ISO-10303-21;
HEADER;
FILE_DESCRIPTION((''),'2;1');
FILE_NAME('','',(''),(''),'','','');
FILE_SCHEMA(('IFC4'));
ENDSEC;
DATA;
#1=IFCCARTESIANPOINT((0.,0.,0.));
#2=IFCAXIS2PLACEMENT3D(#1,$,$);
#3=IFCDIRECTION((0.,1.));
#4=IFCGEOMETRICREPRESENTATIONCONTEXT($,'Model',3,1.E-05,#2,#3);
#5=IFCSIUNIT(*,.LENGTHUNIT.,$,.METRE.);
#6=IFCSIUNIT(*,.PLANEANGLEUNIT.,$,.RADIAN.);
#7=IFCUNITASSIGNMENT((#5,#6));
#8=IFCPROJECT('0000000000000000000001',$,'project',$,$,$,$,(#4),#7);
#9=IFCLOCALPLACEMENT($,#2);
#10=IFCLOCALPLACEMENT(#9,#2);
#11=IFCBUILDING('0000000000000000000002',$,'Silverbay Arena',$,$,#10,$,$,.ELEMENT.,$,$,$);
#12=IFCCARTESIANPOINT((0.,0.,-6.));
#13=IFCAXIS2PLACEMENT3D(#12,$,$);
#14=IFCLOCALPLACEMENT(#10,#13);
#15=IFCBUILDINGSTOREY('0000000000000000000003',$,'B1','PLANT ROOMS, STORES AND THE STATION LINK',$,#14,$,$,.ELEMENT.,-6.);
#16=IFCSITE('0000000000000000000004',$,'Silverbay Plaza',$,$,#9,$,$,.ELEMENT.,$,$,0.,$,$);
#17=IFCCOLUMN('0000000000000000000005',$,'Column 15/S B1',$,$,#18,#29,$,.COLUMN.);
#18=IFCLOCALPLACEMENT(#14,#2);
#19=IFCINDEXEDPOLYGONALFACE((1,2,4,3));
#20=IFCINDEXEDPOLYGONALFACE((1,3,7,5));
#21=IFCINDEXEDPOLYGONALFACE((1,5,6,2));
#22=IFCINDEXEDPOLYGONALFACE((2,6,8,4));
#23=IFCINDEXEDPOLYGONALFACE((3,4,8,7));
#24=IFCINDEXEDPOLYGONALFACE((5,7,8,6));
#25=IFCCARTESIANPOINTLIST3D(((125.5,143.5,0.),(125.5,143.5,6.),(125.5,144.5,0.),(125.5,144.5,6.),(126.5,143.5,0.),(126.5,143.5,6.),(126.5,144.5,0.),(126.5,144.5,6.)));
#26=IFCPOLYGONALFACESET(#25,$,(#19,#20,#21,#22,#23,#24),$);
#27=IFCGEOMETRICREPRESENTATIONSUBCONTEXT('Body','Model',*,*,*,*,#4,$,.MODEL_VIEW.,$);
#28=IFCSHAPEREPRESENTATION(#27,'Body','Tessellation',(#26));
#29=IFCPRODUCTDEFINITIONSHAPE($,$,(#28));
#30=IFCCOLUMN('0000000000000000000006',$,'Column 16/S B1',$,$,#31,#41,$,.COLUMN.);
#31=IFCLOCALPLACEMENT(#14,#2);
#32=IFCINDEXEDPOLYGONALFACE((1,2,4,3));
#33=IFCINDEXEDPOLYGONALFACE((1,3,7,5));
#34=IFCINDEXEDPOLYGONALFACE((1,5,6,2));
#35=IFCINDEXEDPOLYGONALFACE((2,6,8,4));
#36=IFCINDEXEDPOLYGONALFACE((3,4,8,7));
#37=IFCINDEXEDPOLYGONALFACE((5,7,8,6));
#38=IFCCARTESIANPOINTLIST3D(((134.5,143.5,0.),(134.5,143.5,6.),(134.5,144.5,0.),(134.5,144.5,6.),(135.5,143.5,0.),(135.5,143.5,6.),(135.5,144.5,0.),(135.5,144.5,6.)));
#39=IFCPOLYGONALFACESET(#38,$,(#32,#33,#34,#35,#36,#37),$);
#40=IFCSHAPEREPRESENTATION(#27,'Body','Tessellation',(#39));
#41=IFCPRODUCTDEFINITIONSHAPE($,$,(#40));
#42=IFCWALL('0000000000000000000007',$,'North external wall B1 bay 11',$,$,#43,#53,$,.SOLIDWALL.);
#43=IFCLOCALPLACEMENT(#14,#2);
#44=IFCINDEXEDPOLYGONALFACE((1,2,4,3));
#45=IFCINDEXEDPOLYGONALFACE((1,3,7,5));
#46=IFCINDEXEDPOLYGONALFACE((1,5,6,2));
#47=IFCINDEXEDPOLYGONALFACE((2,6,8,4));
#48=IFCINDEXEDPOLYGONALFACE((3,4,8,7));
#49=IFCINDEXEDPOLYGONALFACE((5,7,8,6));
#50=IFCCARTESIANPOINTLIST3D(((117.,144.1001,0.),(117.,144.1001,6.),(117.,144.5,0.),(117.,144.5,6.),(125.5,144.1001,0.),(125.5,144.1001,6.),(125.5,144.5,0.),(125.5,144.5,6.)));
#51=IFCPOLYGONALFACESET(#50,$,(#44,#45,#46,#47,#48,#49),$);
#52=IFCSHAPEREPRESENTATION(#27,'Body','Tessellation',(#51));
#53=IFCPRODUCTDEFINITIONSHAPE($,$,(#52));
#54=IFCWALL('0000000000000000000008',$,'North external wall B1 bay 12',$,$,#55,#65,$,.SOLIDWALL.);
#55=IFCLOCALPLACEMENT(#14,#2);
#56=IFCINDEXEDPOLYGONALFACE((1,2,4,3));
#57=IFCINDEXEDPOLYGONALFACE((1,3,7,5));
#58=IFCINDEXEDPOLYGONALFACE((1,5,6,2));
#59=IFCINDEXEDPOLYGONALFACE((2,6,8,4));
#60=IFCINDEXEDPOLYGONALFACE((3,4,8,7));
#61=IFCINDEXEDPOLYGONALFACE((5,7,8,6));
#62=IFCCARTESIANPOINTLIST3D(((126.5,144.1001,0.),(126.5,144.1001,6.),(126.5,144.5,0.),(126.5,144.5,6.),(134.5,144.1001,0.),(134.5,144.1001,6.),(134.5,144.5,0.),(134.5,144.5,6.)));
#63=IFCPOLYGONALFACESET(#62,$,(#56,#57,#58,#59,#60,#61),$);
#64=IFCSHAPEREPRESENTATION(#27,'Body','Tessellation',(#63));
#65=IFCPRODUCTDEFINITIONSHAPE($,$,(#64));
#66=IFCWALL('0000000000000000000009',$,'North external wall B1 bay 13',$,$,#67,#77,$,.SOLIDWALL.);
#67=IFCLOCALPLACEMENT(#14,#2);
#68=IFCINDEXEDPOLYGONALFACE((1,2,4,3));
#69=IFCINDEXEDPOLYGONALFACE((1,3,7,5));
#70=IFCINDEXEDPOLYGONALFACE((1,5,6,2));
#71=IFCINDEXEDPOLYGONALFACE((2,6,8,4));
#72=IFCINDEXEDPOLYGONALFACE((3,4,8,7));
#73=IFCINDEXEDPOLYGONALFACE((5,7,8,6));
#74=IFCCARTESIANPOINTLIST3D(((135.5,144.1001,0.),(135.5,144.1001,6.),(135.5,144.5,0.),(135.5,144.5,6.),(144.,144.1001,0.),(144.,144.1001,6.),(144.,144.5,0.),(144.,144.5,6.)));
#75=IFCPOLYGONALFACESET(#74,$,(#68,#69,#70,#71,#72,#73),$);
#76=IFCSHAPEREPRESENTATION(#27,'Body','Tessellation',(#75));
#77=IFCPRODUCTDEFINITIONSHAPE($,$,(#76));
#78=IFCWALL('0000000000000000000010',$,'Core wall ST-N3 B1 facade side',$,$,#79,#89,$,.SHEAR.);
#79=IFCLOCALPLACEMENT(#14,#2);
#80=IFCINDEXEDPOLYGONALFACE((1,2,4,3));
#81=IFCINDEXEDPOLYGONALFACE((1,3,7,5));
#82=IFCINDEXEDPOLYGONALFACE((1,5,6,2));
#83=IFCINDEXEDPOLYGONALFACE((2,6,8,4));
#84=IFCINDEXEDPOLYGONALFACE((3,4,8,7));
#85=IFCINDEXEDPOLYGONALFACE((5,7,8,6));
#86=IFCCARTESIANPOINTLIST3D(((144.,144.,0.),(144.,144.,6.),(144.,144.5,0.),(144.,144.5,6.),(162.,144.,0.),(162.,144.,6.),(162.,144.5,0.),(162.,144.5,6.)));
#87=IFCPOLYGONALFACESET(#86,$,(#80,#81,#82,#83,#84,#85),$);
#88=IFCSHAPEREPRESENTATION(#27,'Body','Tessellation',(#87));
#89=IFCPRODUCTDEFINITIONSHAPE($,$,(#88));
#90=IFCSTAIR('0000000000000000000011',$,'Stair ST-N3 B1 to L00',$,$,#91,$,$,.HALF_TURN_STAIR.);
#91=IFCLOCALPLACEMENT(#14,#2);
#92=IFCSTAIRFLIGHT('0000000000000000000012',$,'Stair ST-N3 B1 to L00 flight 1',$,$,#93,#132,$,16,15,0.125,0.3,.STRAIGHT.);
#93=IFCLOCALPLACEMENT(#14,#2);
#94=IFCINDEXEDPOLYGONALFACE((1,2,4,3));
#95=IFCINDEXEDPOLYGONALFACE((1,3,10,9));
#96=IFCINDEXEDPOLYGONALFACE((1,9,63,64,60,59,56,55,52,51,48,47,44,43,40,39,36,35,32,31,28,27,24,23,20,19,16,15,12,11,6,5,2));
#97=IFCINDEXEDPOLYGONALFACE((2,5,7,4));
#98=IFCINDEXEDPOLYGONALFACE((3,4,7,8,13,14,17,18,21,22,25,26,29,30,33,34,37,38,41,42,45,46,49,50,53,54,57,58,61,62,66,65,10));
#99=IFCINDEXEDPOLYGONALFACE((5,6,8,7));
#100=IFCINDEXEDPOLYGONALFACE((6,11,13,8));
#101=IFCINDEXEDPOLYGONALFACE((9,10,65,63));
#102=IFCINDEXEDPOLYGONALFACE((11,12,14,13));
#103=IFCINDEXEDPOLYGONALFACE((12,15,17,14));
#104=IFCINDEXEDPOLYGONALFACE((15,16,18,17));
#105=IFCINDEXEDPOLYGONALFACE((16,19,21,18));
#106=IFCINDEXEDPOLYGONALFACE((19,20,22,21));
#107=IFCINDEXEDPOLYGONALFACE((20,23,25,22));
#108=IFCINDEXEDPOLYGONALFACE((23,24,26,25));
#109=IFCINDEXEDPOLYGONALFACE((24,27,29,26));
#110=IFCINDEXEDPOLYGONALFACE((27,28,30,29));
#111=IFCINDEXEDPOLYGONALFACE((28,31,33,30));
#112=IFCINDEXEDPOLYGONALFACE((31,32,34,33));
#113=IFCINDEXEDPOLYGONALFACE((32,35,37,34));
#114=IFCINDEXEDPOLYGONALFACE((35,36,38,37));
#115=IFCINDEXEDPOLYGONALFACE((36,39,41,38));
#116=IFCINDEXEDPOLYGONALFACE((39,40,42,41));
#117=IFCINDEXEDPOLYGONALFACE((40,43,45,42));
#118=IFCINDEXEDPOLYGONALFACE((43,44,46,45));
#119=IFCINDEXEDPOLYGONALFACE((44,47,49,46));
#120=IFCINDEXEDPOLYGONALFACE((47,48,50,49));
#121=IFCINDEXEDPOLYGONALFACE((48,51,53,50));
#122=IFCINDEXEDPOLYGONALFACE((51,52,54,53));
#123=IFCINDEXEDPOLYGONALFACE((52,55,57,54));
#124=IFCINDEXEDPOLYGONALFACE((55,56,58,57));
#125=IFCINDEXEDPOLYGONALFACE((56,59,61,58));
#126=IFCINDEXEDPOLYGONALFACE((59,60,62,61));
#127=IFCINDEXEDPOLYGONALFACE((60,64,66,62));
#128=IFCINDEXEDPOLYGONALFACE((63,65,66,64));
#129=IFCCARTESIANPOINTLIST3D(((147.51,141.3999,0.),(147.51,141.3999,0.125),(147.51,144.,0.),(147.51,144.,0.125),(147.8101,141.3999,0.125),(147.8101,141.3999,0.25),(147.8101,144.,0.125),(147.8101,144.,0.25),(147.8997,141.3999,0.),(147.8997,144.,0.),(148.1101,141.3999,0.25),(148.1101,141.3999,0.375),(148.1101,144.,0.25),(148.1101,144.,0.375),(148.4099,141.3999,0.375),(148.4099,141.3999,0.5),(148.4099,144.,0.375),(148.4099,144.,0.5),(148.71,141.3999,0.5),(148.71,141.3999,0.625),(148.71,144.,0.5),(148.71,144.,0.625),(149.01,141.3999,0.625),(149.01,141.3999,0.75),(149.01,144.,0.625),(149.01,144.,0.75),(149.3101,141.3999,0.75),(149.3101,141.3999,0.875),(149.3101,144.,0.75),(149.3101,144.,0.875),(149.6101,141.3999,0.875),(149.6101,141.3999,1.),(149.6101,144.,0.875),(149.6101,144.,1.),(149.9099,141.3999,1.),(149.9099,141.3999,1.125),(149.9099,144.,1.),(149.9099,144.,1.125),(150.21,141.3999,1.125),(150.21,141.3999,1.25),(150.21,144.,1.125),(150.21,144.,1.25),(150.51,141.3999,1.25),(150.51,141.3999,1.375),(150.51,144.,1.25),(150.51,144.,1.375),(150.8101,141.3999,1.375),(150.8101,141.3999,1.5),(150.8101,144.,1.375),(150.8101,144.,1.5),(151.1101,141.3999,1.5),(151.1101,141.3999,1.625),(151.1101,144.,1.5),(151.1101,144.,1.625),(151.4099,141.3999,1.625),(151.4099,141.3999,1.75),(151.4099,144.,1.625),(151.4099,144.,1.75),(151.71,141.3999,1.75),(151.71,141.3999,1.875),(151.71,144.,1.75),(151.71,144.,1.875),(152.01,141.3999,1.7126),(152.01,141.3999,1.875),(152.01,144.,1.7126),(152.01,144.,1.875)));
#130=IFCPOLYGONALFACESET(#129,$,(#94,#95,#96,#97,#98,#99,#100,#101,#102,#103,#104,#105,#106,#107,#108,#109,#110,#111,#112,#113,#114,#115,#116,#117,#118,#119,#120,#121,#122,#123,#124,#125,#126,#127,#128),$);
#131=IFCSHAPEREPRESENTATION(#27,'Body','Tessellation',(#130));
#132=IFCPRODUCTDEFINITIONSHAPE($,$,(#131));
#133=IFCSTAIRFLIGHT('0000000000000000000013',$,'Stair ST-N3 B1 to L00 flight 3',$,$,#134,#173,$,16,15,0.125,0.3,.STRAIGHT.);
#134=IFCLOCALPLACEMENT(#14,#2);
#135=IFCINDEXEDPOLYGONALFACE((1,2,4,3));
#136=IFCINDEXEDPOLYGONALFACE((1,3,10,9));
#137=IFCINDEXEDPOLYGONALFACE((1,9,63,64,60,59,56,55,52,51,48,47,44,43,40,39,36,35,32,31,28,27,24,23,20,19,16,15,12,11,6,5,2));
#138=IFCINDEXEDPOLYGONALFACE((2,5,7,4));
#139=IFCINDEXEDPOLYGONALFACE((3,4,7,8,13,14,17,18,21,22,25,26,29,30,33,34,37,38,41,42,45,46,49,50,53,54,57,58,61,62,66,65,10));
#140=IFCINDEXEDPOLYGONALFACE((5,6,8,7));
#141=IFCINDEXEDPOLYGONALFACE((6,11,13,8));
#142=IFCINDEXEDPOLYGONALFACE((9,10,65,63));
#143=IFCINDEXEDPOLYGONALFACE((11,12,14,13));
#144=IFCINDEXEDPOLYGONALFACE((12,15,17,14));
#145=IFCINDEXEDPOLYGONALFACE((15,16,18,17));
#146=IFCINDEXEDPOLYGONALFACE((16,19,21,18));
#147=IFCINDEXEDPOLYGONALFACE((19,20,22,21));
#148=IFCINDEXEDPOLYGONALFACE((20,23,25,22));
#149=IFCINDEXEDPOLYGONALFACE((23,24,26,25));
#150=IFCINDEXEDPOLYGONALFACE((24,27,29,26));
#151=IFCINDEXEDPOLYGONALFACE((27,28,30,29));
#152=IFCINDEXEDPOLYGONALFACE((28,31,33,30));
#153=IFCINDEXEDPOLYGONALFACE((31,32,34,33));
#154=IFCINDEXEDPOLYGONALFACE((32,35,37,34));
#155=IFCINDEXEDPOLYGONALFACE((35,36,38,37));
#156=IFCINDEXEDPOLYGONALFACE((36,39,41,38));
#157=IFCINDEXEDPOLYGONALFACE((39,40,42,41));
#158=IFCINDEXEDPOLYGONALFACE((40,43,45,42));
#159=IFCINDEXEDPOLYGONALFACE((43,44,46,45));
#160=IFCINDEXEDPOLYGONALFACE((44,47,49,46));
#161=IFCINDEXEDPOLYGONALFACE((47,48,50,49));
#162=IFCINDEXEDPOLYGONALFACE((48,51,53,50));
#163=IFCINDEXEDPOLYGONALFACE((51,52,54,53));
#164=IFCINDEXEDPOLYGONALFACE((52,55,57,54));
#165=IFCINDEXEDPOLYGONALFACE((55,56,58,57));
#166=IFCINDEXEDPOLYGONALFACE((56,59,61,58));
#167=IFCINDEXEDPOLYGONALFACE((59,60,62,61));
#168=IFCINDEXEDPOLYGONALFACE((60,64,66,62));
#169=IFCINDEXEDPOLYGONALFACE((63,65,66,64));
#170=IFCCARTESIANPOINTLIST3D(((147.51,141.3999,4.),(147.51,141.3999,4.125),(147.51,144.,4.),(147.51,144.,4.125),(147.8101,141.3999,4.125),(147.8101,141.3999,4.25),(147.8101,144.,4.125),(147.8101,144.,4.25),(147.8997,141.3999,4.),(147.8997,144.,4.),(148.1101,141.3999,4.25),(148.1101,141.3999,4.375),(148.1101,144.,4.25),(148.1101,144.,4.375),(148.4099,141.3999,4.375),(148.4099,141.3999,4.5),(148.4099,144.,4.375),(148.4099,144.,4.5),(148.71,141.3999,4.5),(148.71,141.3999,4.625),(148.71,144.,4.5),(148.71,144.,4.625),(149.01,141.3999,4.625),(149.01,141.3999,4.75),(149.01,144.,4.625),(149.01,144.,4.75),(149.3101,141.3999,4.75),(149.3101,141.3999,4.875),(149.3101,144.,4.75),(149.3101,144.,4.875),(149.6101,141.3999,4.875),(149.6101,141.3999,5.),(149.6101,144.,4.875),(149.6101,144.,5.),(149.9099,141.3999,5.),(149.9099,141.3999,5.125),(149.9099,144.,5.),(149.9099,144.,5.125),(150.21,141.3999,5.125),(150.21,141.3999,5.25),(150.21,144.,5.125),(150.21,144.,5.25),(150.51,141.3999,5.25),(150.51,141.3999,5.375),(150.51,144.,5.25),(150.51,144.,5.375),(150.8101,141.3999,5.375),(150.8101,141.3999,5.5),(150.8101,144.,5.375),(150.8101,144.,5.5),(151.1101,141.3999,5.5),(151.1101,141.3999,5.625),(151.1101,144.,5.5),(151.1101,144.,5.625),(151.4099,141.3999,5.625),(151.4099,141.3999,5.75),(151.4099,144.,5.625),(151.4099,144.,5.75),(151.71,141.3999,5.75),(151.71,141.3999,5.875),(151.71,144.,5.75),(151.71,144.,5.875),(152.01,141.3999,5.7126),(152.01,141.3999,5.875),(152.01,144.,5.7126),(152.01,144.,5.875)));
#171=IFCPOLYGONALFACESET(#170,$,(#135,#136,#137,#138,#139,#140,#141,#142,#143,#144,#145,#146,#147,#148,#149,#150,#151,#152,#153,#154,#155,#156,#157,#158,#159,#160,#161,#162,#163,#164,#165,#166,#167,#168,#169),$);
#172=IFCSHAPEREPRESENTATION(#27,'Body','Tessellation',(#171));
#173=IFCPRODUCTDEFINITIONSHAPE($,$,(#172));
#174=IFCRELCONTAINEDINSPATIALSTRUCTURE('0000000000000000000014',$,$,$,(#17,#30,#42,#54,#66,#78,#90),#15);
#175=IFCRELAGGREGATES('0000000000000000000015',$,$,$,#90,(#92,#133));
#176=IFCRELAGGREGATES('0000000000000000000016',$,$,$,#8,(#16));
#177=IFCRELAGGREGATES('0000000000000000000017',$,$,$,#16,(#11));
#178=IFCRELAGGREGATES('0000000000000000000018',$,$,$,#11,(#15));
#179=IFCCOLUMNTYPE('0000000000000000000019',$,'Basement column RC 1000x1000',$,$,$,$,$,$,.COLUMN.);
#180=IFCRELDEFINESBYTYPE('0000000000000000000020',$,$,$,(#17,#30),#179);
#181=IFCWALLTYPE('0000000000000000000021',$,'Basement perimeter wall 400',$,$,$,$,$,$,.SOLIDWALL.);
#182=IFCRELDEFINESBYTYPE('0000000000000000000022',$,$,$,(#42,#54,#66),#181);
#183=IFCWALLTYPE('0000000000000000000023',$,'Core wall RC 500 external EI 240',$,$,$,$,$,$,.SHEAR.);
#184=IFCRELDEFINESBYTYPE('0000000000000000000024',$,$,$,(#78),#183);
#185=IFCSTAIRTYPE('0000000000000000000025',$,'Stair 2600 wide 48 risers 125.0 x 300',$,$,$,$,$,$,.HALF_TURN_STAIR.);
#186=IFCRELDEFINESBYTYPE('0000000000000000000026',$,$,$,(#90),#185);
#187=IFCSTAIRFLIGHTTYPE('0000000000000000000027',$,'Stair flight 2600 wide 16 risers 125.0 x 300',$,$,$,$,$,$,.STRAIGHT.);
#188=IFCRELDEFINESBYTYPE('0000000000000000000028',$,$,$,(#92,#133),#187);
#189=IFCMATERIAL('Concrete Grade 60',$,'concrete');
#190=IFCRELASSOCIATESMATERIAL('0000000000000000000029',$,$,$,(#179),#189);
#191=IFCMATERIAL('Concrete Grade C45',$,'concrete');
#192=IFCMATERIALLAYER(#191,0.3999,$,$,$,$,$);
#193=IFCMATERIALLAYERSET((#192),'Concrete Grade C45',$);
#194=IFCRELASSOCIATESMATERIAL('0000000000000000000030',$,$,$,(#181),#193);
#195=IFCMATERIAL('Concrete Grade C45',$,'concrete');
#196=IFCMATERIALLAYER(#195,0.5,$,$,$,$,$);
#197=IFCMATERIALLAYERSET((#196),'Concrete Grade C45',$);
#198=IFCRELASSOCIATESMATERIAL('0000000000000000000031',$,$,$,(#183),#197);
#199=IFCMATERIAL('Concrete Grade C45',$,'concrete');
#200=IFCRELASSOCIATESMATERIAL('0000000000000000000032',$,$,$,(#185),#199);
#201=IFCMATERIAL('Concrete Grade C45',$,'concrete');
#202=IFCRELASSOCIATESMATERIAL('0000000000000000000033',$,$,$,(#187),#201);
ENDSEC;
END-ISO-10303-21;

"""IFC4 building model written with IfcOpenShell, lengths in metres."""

from ifc_helpers import new_model, si_unit, direction, frame, frame_2d, origin, origin_2d, place, context, subcontext, project, spatial, polyline, rectangle, outline, extrude, material, layer, layer_set, material_profile, profile_set, type_object, element, aggregate, save


model = new_model("IFC4")

# Units and contexts
model_context = context("Model", 3, precision=1e-05, world=origin(), true_north=direction((0.0, 1.0)))
body_context = subcontext(model_context, "Body", "Model", "MODEL_VIEW")
ifc_project = project(units=[si_unit("LENGTHUNIT", "METRE"), si_unit("PLANEANGLEUNIT", "RADIAN")], contexts=[model_context])

# Site, building, storey
site_placement = place(None, origin())
site = spatial("IfcSite", under=ifc_project, at=site_placement, Name="Silverbay Plaza", CompositionType="ELEMENT", RefElevation=0.0)
building_placement = place(site_placement, origin())
building = spatial("IfcBuilding", under=site, at=building_placement, Name="Silverbay Arena", CompositionType="ELEMENT")
storey_placement = place(building_placement, frame((0.0, 0.0, -6.0)))
storey = spatial("IfcBuildingStorey", under=building, at=storey_placement, Name="B1", Description="PLANT ROOMS, STORES AND THE STATION LINK", CompositionType="ELEMENT", Elevation=-6.0)

# Columns
ifc_material_1 = material(Name="Concrete Grade 60", Category="concrete")
ifc_material_profile_1 = material_profile(ifc_material_1, rectangle(XDim=1.0, YDim=1.0, at=origin_2d()), Name="RC 1000x1000")
ifc_profile_set_1 = profile_set([ifc_material_profile_1], Name="Concrete Grade 60")
column_type = type_object("IfcColumnType", Name="Basement column RC 1000x1000", PredefinedType="COLUMN", material=ifc_profile_set_1)
for number, where, z_axis, x_axis, name in (
    (1, (126.0, 144.0, 0.0), (0.0, 0.0, 1.0), (1.0, 0.0, 0.0), "Column 15/S B1"),
    (2, (135.0, 144.0, 0.0), (0.0, 0.0, 1.0), (1.0, 0.0, 0.0), "Column 16/S B1"),
):
    element("IfcColumn", number, at=place(storey_placement, frame(where, z_axis=z_axis, x_axis=x_axis)), inside=storey, type_object=column_type, Name=name, PredefinedType="COLUMN", context=body_context, shape_type="SweptSolid", body=[
        extrude(rectangle(XDim=1.0, YDim=1.0, at=origin_2d()), origin(), (0.0, 0.0, 1.0), 6.0),
    ])

# Walls
ifc_material_2 = material(Name="Concrete Grade C45", Category="concrete")
ifc_layer_1 = layer(ifc_material_2, 0.3999)
ifc_layer_set_1 = layer_set([ifc_layer_1], Name="Concrete Grade C45")
wall_type_1 = type_object("IfcWallType", Name="Basement perimeter wall 400", PredefinedType="SOLIDWALL", material=ifc_layer_set_1)
wall_1_placement = place(storey_placement, frame((125.5, 144.3, 0.0), z_axis=(0.0, 0.0, 1.0), x_axis=(-1.0, 0.0, 0.0)))
element("IfcWall", 3, at=wall_1_placement, inside=storey, type_object=wall_type_1, Name="North external wall B1 bay 11", PredefinedType="SOLIDWALL", context=body_context, shape_type="SweptSolid", body=[
    extrude(rectangle(XDim=8.5, YDim=0.3999, at=frame_2d((4.25, 0.0))), origin(), (0.0, 0.0, 1.0), 6.0),
])
wall_2_placement = place(storey_placement, frame((134.5, 144.3, 0.0), z_axis=(0.0, 0.0, 1.0), x_axis=(-1.0, 0.0, 0.0)))
element("IfcWall", 4, at=wall_2_placement, inside=storey, type_object=wall_type_1, Name="North external wall B1 bay 12", PredefinedType="SOLIDWALL", context=body_context, shape_type="SweptSolid", body=[
    extrude(rectangle(XDim=8.0, YDim=0.3999, at=frame_2d((4.0, 0.0))), origin(), (0.0, 0.0, 1.0), 6.0),
])
wall_3_placement = place(storey_placement, frame((144.0, 144.3, 0.0), z_axis=(0.0, 0.0, 1.0), x_axis=(-1.0, 0.0, 0.0)))
element("IfcWall", 5, at=wall_3_placement, inside=storey, type_object=wall_type_1, Name="North external wall B1 bay 13", PredefinedType="SOLIDWALL", context=body_context, shape_type="SweptSolid", body=[
    extrude(rectangle(XDim=8.5, YDim=0.3999, at=frame_2d((4.25, 0.0))), origin(), (0.0, 0.0, 1.0), 6.0),
])
ifc_material_3 = material(Name="Concrete Grade C45", Category="concrete")
ifc_layer_2 = layer(ifc_material_3, 0.5)
ifc_layer_set_2 = layer_set([ifc_layer_2], Name="Concrete Grade C45")
wall_type_2 = type_object("IfcWallType", Name="Core wall RC 500 external EI 240", PredefinedType="SHEAR", material=ifc_layer_set_2)
wall_4_placement = place(storey_placement, frame((144.0, 144.25, 0.0), z_axis=(0.0, 0.0, 1.0), x_axis=(1.0, 0.0, 0.0)))
element("IfcWall", 6, at=wall_4_placement, inside=storey, type_object=wall_type_2, Name="Core wall ST-N3 B1 facade side", PredefinedType="SHEAR", context=body_context, shape_type="SweptSolid", body=[
    extrude(rectangle(XDim=18.0, YDim=0.5, at=frame_2d((9.0, 0.0))), origin(), (0.0, 0.0, 1.0), 6.0),
])

# Stair, stair flights
ifc_material_4 = material(Name="Concrete Grade C45", Category="concrete")
stair_type = type_object("IfcStairType", Name="Stair 2600 wide 48 risers 125.0 x 300", PredefinedType="HALF_TURN_STAIR", material=ifc_material_4)
stair_placement = place(storey_placement, origin())
stair = element("IfcStair", 7, at=stair_placement, inside=storey, type_object=stair_type, Name="Stair ST-N3 B1 to L00", PredefinedType="HALF_TURN_STAIR")
ifc_material_5 = material(Name="Concrete Grade C45", Category="concrete")
stair_flight_type = type_object("IfcStairFlightType", Name="Stair flight 2600 wide 16 risers 125.0 x 300", PredefinedType="STRAIGHT", material=ifc_material_5)
stair_flight_1_placement = place(storey_placement, frame((147.51, 142.7, 0.0), z_axis=(0.0, 0.0, 1.0), x_axis=(1.0, 0.0, 0.0)))
stair_flight_1 = element("IfcStairFlight", 8, at=stair_flight_1_placement, type_object=stair_flight_type, Name="Stair ST-N3 B1 to L00 flight 1", NumberOfRisers=16, NumberOfTreads=15, PredefinedType="STRAIGHT", RiserHeight=0.125, TreadLength=0.3, context=body_context, shape_type="SweptSolid", body=[
    extrude(outline(polyline([(0.0, 0.0), (0.0, 0.125), (0.3, 0.125), (0.3, 0.25), (0.6001, 0.25), (0.6001, 0.375), (0.8999, 0.375), (0.8999, 0.5), (1.2, 0.5), (1.2, 0.625), (1.5, 0.625), (1.5, 0.75), (1.8, 0.75), (1.8, 0.875), (2.1001, 0.875), (2.1001, 1.0), (2.3999, 1.0), (2.3999, 1.125), (2.7, 1.125), (2.7, 1.25), (3.0, 1.25), (3.0, 1.375), (3.3, 1.375), (3.3, 1.5), (3.6001, 1.5), (3.6001, 1.625), (3.8999, 1.625), (3.8999, 1.75), (4.2, 1.75), (4.2, 1.875), (4.5, 1.875), (4.5, 1.7126), (0.3896, 0.0), (0.0, 0.0)])), frame((0.0, 1.3, 0.0), z_axis=(0.0, -1.0, 0.0), x_axis=(1.0, 0.0, 0.0)), (0.0, 0.0, 1.0), 2.6001),
])
stair_flight_2_placement = place(storey_placement, frame((147.51, 142.7, 4.0), z_axis=(0.0, 0.0, 1.0), x_axis=(1.0, 0.0, 0.0)))
stair_flight_2 = element("IfcStairFlight", 9, at=stair_flight_2_placement, type_object=stair_flight_type, Name="Stair ST-N3 B1 to L00 flight 3", NumberOfRisers=16, NumberOfTreads=15, PredefinedType="STRAIGHT", RiserHeight=0.125, TreadLength=0.3, context=body_context, shape_type="SweptSolid", body=[
    extrude(outline(polyline([(0.0, 0.0), (0.0, 0.125), (0.3, 0.125), (0.3, 0.25), (0.6001, 0.25), (0.6001, 0.375), (0.8999, 0.375), (0.8999, 0.5), (1.2, 0.5), (1.2, 0.625), (1.5, 0.625), (1.5, 0.75), (1.8, 0.75), (1.8, 0.875), (2.1001, 0.875), (2.1001, 1.0), (2.3999, 1.0), (2.3999, 1.125), (2.7, 1.125), (2.7, 1.25), (3.0, 1.25), (3.0, 1.375), (3.3, 1.375), (3.3, 1.5), (3.6001, 1.5), (3.6001, 1.625), (3.8999, 1.625), (3.8999, 1.75), (4.2, 1.75), (4.2, 1.875), (4.5, 1.875), (4.5, 1.7126), (0.3896, 0.0), (0.0, 0.0)])), frame((0.0, 1.3, 0.0), z_axis=(0.0, -1.0, 0.0), x_axis=(1.0, 0.0, 0.0)), (0.0, 0.0, 1.0), 2.6001),
])
aggregate(stair, [stair_flight_1, stair_flight_2])

save(model, "model.ifc")
